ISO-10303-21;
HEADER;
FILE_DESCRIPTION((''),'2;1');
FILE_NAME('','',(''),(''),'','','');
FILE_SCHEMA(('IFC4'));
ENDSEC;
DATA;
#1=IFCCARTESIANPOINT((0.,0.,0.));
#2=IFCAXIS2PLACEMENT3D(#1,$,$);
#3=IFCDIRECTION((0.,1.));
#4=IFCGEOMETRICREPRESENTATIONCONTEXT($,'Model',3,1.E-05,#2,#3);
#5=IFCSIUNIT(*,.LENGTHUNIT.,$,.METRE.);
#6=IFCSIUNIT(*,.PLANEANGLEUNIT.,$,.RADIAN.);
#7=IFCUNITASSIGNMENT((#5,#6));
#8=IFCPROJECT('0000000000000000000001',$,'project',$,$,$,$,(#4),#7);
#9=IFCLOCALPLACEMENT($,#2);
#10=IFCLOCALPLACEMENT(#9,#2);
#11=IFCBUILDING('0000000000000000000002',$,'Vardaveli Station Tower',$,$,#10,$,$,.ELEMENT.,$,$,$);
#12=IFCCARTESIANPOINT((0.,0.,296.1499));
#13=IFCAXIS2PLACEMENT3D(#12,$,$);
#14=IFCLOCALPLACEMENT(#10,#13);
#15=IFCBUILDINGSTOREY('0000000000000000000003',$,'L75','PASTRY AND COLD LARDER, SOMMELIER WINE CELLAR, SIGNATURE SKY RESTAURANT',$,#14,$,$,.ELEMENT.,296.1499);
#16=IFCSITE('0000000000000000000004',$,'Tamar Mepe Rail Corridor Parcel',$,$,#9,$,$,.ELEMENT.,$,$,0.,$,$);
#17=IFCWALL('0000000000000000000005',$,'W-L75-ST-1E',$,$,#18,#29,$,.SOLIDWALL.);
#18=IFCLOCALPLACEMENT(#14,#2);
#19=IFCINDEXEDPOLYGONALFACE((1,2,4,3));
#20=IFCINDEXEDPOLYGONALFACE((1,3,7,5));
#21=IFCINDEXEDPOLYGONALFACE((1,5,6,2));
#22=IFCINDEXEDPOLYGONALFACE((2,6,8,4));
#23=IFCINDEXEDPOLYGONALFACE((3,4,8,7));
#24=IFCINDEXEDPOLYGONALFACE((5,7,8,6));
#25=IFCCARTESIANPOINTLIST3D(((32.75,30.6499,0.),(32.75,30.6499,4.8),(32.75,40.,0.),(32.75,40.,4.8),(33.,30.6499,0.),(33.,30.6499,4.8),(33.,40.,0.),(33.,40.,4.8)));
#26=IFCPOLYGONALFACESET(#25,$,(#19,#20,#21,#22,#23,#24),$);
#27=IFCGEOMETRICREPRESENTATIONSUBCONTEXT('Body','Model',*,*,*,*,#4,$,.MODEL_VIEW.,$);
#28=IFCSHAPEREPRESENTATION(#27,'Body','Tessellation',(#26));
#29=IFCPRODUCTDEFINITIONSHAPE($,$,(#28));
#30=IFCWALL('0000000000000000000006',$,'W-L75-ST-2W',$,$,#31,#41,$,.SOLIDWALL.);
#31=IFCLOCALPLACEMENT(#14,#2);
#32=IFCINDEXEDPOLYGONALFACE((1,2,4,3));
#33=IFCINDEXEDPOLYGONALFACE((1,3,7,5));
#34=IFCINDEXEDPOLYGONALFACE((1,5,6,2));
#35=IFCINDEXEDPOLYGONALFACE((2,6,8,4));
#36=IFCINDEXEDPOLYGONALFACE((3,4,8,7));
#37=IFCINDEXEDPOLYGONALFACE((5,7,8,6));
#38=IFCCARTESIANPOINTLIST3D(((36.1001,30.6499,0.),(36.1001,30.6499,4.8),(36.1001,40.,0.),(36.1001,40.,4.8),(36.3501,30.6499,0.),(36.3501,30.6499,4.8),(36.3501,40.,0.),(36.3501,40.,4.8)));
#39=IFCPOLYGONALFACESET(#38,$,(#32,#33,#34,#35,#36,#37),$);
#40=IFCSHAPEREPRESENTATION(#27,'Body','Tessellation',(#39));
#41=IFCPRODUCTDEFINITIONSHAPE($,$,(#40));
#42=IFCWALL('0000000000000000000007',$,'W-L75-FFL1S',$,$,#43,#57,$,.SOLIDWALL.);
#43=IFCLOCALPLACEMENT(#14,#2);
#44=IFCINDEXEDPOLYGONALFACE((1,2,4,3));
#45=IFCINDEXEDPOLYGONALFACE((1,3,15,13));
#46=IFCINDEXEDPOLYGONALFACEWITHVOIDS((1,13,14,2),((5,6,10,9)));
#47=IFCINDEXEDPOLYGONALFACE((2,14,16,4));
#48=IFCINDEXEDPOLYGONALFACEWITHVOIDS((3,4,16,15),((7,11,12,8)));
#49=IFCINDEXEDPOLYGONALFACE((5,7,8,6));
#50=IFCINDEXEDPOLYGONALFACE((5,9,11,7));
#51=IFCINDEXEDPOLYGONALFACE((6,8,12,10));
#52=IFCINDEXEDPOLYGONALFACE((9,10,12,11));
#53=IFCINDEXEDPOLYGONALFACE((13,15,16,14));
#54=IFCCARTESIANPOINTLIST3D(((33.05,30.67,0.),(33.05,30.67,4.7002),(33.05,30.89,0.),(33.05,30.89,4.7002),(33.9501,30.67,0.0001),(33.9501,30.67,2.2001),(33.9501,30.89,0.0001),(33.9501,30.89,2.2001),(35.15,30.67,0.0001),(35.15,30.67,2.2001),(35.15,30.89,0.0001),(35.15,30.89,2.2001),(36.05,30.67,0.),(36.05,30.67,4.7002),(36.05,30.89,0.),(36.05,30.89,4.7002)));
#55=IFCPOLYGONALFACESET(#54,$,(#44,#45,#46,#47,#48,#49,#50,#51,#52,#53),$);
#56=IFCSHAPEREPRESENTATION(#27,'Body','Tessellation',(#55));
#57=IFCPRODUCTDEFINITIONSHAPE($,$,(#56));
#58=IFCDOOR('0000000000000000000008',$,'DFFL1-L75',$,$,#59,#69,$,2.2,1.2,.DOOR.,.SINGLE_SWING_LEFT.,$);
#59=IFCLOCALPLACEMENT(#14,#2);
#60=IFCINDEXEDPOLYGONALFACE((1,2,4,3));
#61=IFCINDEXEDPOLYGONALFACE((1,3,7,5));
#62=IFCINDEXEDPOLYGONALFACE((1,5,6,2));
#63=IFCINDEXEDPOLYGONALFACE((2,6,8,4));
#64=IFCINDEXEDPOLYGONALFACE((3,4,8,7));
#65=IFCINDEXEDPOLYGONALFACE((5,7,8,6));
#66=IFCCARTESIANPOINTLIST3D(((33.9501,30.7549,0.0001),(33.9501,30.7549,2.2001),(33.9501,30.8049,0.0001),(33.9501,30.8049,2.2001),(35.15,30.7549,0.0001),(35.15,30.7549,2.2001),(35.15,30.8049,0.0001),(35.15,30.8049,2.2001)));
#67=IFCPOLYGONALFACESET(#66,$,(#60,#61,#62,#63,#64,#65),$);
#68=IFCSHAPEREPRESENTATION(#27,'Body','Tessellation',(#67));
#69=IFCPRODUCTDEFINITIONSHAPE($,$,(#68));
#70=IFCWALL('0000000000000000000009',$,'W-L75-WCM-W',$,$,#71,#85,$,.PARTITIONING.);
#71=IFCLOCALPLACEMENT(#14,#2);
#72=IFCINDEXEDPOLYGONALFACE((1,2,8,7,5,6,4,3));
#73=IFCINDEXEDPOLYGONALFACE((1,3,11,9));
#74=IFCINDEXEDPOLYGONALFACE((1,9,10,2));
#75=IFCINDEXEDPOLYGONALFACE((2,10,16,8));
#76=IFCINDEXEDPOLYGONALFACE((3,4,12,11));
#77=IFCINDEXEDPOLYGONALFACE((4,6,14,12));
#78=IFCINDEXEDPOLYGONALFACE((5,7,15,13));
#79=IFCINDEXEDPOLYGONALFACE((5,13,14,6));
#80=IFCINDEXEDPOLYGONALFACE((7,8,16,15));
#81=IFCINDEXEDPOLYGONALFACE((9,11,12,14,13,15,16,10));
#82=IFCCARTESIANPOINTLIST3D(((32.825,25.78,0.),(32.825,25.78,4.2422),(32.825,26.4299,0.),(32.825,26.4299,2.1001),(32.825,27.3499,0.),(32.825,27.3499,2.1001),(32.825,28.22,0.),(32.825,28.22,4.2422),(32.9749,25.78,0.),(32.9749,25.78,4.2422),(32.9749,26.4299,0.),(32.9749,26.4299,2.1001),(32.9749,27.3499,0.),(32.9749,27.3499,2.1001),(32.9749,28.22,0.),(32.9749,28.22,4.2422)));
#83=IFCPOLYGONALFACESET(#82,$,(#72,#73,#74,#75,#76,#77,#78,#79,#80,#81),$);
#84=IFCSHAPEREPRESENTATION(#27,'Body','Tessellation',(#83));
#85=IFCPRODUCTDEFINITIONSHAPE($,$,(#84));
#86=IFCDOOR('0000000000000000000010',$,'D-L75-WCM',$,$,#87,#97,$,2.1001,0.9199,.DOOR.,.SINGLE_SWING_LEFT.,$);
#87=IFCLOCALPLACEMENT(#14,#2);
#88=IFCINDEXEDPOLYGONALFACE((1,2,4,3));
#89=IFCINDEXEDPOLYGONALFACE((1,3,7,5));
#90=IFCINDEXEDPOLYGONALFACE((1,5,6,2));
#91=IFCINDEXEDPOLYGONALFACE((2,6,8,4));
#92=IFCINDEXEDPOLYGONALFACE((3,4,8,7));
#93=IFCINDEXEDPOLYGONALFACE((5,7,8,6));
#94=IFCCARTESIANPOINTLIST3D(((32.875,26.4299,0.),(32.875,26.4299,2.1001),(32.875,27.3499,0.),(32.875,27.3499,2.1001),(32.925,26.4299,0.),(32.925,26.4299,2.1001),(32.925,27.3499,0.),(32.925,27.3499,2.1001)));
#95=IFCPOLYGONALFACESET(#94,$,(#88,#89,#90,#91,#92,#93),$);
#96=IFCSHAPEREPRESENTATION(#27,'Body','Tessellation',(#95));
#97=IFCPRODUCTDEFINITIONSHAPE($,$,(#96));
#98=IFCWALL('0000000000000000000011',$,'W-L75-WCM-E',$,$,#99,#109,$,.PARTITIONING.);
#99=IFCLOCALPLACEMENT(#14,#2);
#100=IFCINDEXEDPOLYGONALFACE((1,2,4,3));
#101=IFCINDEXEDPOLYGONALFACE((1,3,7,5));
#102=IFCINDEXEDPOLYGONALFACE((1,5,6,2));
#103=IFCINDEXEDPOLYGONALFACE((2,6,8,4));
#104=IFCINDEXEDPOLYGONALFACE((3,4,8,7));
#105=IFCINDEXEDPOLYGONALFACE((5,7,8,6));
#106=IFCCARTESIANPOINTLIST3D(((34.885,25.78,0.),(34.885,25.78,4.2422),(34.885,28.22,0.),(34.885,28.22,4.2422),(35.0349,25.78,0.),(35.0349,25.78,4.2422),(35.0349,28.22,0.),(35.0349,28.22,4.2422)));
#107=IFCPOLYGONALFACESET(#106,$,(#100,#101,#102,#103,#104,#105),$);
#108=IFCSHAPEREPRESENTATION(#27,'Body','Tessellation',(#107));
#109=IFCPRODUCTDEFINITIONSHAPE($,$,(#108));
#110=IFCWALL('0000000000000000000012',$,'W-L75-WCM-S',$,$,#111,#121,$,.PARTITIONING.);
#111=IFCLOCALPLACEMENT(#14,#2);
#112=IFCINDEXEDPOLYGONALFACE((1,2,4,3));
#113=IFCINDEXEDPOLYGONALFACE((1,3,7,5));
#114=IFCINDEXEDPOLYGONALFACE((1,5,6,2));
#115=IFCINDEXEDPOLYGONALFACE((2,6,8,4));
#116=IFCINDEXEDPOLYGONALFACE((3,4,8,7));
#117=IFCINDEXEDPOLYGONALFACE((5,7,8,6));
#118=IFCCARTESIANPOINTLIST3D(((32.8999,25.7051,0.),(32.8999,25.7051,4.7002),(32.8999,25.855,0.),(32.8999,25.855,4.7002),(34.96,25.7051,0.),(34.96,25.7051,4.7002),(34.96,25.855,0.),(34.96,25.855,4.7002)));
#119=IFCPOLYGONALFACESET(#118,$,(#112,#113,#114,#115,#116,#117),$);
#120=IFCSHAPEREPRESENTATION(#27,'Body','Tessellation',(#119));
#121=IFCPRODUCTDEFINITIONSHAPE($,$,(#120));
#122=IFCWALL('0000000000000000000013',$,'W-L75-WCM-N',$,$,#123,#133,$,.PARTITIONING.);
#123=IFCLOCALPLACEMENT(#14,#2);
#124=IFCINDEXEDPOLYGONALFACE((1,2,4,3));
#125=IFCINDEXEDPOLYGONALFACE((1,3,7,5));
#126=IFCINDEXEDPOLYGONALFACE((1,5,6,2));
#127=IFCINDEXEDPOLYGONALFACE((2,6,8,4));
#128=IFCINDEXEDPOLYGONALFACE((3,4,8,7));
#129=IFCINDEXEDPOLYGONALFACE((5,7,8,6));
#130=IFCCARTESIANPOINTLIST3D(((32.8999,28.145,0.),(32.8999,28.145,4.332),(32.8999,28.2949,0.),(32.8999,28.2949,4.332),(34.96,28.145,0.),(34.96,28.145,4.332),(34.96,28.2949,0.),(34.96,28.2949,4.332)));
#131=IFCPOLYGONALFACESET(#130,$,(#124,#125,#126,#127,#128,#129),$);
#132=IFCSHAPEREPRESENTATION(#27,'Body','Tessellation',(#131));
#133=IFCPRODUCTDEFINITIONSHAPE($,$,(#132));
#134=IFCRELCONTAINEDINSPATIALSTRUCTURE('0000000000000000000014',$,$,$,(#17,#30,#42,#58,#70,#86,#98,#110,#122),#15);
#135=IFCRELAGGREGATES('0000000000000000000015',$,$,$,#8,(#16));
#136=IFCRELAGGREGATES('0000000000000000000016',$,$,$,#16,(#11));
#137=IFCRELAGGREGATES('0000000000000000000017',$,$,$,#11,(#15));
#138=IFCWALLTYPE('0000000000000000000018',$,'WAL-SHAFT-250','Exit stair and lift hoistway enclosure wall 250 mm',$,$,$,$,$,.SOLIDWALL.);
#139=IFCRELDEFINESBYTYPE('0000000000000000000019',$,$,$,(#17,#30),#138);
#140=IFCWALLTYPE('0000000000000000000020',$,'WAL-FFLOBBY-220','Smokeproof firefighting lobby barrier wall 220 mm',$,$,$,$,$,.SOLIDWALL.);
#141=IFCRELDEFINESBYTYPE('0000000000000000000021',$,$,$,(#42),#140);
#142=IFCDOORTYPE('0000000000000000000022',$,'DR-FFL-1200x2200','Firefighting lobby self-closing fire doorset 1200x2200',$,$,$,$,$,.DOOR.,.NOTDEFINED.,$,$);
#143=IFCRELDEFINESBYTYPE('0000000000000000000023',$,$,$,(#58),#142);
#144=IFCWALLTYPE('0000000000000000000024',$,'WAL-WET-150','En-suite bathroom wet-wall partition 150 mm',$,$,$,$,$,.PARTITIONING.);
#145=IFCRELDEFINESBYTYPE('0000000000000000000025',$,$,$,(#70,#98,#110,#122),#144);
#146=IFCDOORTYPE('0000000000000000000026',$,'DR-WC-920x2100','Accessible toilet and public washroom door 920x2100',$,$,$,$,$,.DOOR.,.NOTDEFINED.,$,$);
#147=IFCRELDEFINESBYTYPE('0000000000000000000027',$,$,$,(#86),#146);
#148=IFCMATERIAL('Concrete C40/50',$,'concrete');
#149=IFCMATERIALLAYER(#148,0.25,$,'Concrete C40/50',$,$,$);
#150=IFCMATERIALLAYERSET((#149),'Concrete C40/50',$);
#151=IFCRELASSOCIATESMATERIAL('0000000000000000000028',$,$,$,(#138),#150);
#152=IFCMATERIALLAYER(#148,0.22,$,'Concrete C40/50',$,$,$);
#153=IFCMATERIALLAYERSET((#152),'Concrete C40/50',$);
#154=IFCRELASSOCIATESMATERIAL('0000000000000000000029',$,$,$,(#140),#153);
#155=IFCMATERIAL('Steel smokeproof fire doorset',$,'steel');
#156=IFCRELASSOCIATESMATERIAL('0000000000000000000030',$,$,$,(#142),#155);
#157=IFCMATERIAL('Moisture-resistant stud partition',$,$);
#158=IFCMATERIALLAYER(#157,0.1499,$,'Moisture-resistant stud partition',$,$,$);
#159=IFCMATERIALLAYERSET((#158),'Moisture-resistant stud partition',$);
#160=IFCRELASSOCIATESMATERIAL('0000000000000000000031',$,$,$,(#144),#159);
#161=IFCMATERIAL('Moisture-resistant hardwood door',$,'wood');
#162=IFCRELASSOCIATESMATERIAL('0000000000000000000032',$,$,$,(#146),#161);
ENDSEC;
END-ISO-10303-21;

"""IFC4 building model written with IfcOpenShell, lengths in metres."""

from ifc_helpers import new_model, si_unit, direction, frame, frame_2d, origin, place, context, subcontext, project, spatial, rectangle, extrude, source, transform, mapped, material, layer, layer_set, type_object, element, fill, save


model = new_model("IFC4")

# Units and contexts
model_context = context("Model", 3, precision=1e-05, world=origin(), true_north=direction((0.0, 1.0)))
body_context = subcontext(model_context, "Body", "Model", "MODEL_VIEW")
ifc_project = project(units=[si_unit("LENGTHUNIT", "METRE"), si_unit("PLANEANGLEUNIT", "RADIAN")], contexts=[model_context])

# Site, building, storey
site_placement = place(None, origin())
site = spatial("IfcSite", under=ifc_project, at=site_placement, Name="Tamar Mepe Rail Corridor Parcel", CompositionType="ELEMENT", RefElevation=0.0)
building_placement = place(site_placement, origin())
building = spatial("IfcBuilding", under=site, at=building_placement, Name="Vardaveli Station Tower", CompositionType="ELEMENT")
storey_placement = place(building_placement, frame((0.0, 0.0, 296.1499)))
storey = spatial("IfcBuildingStorey", under=building, at=storey_placement, Name="L75", Description="PASTRY AND COLD LARDER, SOMMELIER WINE CELLAR, SIGNATURE SKY RESTAURANT", CompositionType="ELEMENT", Elevation=296.1499)

# Shared definitions
ifc_material_1 = material(Name="Concrete C40/50", Category="concrete")
ifc_layer_1 = layer(ifc_material_1, 0.25, Name="Concrete C40/50")
ifc_layer_set_1 = layer_set([ifc_layer_1], Name="Concrete C40/50")
wall_type_1 = type_object("IfcWallType", Name="WAL-SHAFT-250", Description="Exit stair and lift hoistway enclosure wall 250 mm", PredefinedType="SOLIDWALL", material=ifc_layer_set_1)
ifc_material_2 = material(Name="Steel smokeproof fire doorset", Category="steel")

# Walls
shared_shape_1 = source(origin(), body_context, "Body", "SweptSolid", [
    extrude(rectangle(XDim=9.3501, YDim=0.25, at=frame_2d((4.675, 0.0))), origin(), (0.0, 0.0, 1.0), 4.8),
])
for number, where, z_axis, x_axis, name in (
    (1, (32.875, 30.6499, 0.0), (0.0, 0.0, 1.0), (0.0, 1.0, 0.0), "W-L75-ST-1E"),
    (2, (36.2251, 30.6499, 0.0), (0.0, 0.0, 1.0), (0.0, 1.0, 0.0), "W-L75-ST-2W"),
):
    element("IfcWall", number, at=place(storey_placement, frame(where, z_axis=z_axis, x_axis=x_axis)), inside=storey, type_object=wall_type_1, Name=name, PredefinedType="SOLIDWALL", context=body_context, shape_type="MappedRepresentation", body=[
        mapped(shared_shape_1, transform((0.0, 0.0, 0.0), scale=1.0)),
    ])

# Walls, openings, doors
ifc_layer_2 = layer(ifc_material_1, 0.22, Name="Concrete C40/50")
ifc_layer_set_2 = layer_set([ifc_layer_2], Name="Concrete C40/50")
wall_type_2 = type_object("IfcWallType", Name="WAL-FFLOBBY-220", Description="Smokeproof firefighting lobby barrier wall 220 mm", PredefinedType="SOLIDWALL", material=ifc_layer_set_2)
shared_shape_2 = source(origin(), body_context, "Body", "SweptSolid", [
    extrude(rectangle(XDim=3.0, YDim=0.22, at=frame_2d((1.5, 0.0))), origin(), (0.0, 0.0, 1.0), 4.7002),
])
wall_1_placement = place(storey_placement, frame((33.05, 30.78, 0.0), z_axis=(0.0, 0.0, 1.0), x_axis=(1.0, 0.0, 0.0)))
wall_1 = element("IfcWall", 3, at=wall_1_placement, inside=storey, type_object=wall_type_2, Name="W-L75-FFL1S", PredefinedType="SOLIDWALL", context=body_context, shape_type="MappedRepresentation", body=[
    mapped(shared_shape_2, transform((0.0, 0.0, 0.0), scale=1.0)),
])
shared_shape_3 = source(origin(), body_context, "Body", "SweptSolid", [
    extrude(rectangle(XDim=1.2, YDim=2.2, at=frame_2d((0.6001, 1.1001))), frame((0.0, 0.1201, 0.0), z_axis=(0.0, -1.0, 0.0), x_axis=(1.0, 0.0, 0.0)), (0.0, 0.0, 1.0), 0.24),
])
opening_1_placement = place(wall_1_placement, frame((0.8999, 0.0, 0.0)))
opening_1 = element("IfcOpeningElement", 4, at=opening_1_placement, cuts=wall_1, PredefinedType="OPENING", context=body_context, shape_type="MappedRepresentation", body=[
    mapped(shared_shape_3, transform((0.0, 0.0, 0.0), scale=1.0)),
])
door_type_1 = type_object("IfcDoorType", Name="DR-FFL-1200x2200", Description="Firefighting lobby self-closing fire doorset 1200x2200", OperationType="NOTDEFINED", PredefinedType="DOOR", material=ifc_material_2)
shared_shape_4 = source(origin(), body_context, "Body", "SweptSolid", [
    extrude(rectangle(XDim=1.2, YDim=2.2, at=frame_2d((0.6001, 1.1001))), frame((0.0, 0.0249, 0.0), z_axis=(0.0, -1.0, 0.0), x_axis=(1.0, 0.0, 0.0)), (0.0, 0.0, 1.0), 0.05),
])
door_1_placement = place(opening_1_placement, origin())
door_1 = element("IfcDoor", 5, at=door_1_placement, inside=storey, type_object=door_type_1, Name="DFFL1-L75", OperationType="SINGLE_SWING_LEFT", OverallHeight=2.2, OverallWidth=1.2, PredefinedType="DOOR", context=body_context, shape_type="MappedRepresentation", body=[
    mapped(shared_shape_4, transform((0.0, 0.0, 0.0), scale=1.0)),
])
fill(opening_1, door_1)
ifc_material_3 = material(Name="Moisture-resistant stud partition")
ifc_layer_3 = layer(ifc_material_3, 0.1499, Name="Moisture-resistant stud partition")
ifc_layer_set_3 = layer_set([ifc_layer_3], Name="Moisture-resistant stud partition")
wall_type_3 = type_object("IfcWallType", Name="WAL-WET-150", Description="En-suite bathroom wet-wall partition 150 mm", PredefinedType="PARTITIONING", material=ifc_layer_set_3)
shared_shape_5 = source(origin(), body_context, "Body", "SweptSolid", [
    extrude(rectangle(XDim=2.4399, YDim=0.1499, at=frame_2d((1.22, 0.0))), origin(), (0.0, 0.0, 1.0), 4.2422),
])
wall_2_placement = place(storey_placement, frame((32.8999, 25.78, 0.0), z_axis=(0.0, 0.0, 1.0), x_axis=(0.0, 1.0, 0.0)))
wall_2 = element("IfcWall", 6, at=wall_2_placement, inside=storey, type_object=wall_type_3, Name="W-L75-WCM-W", PredefinedType="PARTITIONING", context=body_context, shape_type="MappedRepresentation", body=[
    mapped(shared_shape_5, transform((0.0, 0.0, 0.0), scale=1.0)),
])
shared_shape_6 = source(origin(), body_context, "Body", "SweptSolid", [
    extrude(rectangle(XDim=0.9199, YDim=2.1001, at=frame_2d((0.46, 1.05))), frame((0.0, 0.085, 0.0), z_axis=(0.0, -1.0, 0.0), x_axis=(1.0, 0.0, 0.0)), (0.0, 0.0, 1.0), 0.1699),
])
opening_2_placement = place(wall_2_placement, frame((0.6499, 0.0, 0.0)))
opening_2 = element("IfcOpeningElement", 7, at=opening_2_placement, cuts=wall_2, PredefinedType="OPENING", context=body_context, shape_type="MappedRepresentation", body=[
    mapped(shared_shape_6, transform((0.0, 0.0, 0.0), scale=1.0)),
])
ifc_material_4 = material(Name="Moisture-resistant hardwood door", Category="wood")
door_type_2 = type_object("IfcDoorType", Name="DR-WC-920x2100", Description="Accessible toilet and public washroom door 920x2100", OperationType="NOTDEFINED", PredefinedType="DOOR", material=ifc_material_4)
shared_shape_7 = source(origin(), body_context, "Body", "SweptSolid", [
    extrude(rectangle(XDim=0.9199, YDim=2.1001, at=frame_2d((0.46, 1.05))), frame((0.0, 0.0249, 0.0), z_axis=(0.0, -1.0, 0.0), x_axis=(1.0, 0.0, 0.0)), (0.0, 0.0, 1.0), 0.05),
])
door_2_placement = place(opening_2_placement, origin())
door_2 = element("IfcDoor", 8, at=door_2_placement, inside=storey, type_object=door_type_2, Name="D-L75-WCM", OperationType="SINGLE_SWING_LEFT", OverallHeight=2.1001, OverallWidth=0.9199, PredefinedType="DOOR", context=body_context, shape_type="MappedRepresentation", body=[
    mapped(shared_shape_7, transform((0.0, 0.0, 0.0), scale=1.0)),
])
fill(opening_2, door_2)

# Walls
wall_3_placement = place(storey_placement, frame((34.96, 25.78, 0.0), z_axis=(0.0, 0.0, 1.0), x_axis=(0.0, 1.0, 0.0)))
element("IfcWall", 9, at=wall_3_placement, inside=storey, type_object=wall_type_3, Name="W-L75-WCM-E", PredefinedType="PARTITIONING", context=body_context, shape_type="MappedRepresentation", body=[
    mapped(shared_shape_5, transform((0.0, 0.0, 0.0), scale=1.0)),
])
shared_shape_8 = source(origin(), body_context, "Body", "SweptSolid", [
    extrude(rectangle(XDim=2.0601, YDim=0.1499, at=frame_2d((1.03, 0.0))), origin(), (0.0, 0.0, 1.0), 4.7002),
])
wall_4_placement = place(storey_placement, frame((32.8999, 25.78, 0.0), z_axis=(0.0, 0.0, 1.0), x_axis=(1.0, 0.0, 0.0)))
element("IfcWall", 10, at=wall_4_placement, inside=storey, type_object=wall_type_3, Name="W-L75-WCM-S", PredefinedType="PARTITIONING", context=body_context, shape_type="MappedRepresentation", body=[
    mapped(shared_shape_8, transform((0.0, 0.0, 0.0), scale=1.0)),
])
shared_shape_9 = source(origin(), body_context, "Body", "SweptSolid", [
    extrude(rectangle(XDim=2.0601, YDim=0.1499, at=frame_2d((1.03, 0.0))), origin(), (0.0, 0.0, 1.0), 4.332),
])
wall_5_placement = place(storey_placement, frame((32.8999, 28.22, 0.0), z_axis=(0.0, 0.0, 1.0), x_axis=(1.0, 0.0, 0.0)))
element("IfcWall", 11, at=wall_5_placement, inside=storey, type_object=wall_type_3, Name="W-L75-WCM-N", PredefinedType="PARTITIONING", context=body_context, shape_type="MappedRepresentation", body=[
    mapped(shared_shape_9, transform((0.0, 0.0, 0.0), scale=1.0)),
])

save(model, "model.ifc")
